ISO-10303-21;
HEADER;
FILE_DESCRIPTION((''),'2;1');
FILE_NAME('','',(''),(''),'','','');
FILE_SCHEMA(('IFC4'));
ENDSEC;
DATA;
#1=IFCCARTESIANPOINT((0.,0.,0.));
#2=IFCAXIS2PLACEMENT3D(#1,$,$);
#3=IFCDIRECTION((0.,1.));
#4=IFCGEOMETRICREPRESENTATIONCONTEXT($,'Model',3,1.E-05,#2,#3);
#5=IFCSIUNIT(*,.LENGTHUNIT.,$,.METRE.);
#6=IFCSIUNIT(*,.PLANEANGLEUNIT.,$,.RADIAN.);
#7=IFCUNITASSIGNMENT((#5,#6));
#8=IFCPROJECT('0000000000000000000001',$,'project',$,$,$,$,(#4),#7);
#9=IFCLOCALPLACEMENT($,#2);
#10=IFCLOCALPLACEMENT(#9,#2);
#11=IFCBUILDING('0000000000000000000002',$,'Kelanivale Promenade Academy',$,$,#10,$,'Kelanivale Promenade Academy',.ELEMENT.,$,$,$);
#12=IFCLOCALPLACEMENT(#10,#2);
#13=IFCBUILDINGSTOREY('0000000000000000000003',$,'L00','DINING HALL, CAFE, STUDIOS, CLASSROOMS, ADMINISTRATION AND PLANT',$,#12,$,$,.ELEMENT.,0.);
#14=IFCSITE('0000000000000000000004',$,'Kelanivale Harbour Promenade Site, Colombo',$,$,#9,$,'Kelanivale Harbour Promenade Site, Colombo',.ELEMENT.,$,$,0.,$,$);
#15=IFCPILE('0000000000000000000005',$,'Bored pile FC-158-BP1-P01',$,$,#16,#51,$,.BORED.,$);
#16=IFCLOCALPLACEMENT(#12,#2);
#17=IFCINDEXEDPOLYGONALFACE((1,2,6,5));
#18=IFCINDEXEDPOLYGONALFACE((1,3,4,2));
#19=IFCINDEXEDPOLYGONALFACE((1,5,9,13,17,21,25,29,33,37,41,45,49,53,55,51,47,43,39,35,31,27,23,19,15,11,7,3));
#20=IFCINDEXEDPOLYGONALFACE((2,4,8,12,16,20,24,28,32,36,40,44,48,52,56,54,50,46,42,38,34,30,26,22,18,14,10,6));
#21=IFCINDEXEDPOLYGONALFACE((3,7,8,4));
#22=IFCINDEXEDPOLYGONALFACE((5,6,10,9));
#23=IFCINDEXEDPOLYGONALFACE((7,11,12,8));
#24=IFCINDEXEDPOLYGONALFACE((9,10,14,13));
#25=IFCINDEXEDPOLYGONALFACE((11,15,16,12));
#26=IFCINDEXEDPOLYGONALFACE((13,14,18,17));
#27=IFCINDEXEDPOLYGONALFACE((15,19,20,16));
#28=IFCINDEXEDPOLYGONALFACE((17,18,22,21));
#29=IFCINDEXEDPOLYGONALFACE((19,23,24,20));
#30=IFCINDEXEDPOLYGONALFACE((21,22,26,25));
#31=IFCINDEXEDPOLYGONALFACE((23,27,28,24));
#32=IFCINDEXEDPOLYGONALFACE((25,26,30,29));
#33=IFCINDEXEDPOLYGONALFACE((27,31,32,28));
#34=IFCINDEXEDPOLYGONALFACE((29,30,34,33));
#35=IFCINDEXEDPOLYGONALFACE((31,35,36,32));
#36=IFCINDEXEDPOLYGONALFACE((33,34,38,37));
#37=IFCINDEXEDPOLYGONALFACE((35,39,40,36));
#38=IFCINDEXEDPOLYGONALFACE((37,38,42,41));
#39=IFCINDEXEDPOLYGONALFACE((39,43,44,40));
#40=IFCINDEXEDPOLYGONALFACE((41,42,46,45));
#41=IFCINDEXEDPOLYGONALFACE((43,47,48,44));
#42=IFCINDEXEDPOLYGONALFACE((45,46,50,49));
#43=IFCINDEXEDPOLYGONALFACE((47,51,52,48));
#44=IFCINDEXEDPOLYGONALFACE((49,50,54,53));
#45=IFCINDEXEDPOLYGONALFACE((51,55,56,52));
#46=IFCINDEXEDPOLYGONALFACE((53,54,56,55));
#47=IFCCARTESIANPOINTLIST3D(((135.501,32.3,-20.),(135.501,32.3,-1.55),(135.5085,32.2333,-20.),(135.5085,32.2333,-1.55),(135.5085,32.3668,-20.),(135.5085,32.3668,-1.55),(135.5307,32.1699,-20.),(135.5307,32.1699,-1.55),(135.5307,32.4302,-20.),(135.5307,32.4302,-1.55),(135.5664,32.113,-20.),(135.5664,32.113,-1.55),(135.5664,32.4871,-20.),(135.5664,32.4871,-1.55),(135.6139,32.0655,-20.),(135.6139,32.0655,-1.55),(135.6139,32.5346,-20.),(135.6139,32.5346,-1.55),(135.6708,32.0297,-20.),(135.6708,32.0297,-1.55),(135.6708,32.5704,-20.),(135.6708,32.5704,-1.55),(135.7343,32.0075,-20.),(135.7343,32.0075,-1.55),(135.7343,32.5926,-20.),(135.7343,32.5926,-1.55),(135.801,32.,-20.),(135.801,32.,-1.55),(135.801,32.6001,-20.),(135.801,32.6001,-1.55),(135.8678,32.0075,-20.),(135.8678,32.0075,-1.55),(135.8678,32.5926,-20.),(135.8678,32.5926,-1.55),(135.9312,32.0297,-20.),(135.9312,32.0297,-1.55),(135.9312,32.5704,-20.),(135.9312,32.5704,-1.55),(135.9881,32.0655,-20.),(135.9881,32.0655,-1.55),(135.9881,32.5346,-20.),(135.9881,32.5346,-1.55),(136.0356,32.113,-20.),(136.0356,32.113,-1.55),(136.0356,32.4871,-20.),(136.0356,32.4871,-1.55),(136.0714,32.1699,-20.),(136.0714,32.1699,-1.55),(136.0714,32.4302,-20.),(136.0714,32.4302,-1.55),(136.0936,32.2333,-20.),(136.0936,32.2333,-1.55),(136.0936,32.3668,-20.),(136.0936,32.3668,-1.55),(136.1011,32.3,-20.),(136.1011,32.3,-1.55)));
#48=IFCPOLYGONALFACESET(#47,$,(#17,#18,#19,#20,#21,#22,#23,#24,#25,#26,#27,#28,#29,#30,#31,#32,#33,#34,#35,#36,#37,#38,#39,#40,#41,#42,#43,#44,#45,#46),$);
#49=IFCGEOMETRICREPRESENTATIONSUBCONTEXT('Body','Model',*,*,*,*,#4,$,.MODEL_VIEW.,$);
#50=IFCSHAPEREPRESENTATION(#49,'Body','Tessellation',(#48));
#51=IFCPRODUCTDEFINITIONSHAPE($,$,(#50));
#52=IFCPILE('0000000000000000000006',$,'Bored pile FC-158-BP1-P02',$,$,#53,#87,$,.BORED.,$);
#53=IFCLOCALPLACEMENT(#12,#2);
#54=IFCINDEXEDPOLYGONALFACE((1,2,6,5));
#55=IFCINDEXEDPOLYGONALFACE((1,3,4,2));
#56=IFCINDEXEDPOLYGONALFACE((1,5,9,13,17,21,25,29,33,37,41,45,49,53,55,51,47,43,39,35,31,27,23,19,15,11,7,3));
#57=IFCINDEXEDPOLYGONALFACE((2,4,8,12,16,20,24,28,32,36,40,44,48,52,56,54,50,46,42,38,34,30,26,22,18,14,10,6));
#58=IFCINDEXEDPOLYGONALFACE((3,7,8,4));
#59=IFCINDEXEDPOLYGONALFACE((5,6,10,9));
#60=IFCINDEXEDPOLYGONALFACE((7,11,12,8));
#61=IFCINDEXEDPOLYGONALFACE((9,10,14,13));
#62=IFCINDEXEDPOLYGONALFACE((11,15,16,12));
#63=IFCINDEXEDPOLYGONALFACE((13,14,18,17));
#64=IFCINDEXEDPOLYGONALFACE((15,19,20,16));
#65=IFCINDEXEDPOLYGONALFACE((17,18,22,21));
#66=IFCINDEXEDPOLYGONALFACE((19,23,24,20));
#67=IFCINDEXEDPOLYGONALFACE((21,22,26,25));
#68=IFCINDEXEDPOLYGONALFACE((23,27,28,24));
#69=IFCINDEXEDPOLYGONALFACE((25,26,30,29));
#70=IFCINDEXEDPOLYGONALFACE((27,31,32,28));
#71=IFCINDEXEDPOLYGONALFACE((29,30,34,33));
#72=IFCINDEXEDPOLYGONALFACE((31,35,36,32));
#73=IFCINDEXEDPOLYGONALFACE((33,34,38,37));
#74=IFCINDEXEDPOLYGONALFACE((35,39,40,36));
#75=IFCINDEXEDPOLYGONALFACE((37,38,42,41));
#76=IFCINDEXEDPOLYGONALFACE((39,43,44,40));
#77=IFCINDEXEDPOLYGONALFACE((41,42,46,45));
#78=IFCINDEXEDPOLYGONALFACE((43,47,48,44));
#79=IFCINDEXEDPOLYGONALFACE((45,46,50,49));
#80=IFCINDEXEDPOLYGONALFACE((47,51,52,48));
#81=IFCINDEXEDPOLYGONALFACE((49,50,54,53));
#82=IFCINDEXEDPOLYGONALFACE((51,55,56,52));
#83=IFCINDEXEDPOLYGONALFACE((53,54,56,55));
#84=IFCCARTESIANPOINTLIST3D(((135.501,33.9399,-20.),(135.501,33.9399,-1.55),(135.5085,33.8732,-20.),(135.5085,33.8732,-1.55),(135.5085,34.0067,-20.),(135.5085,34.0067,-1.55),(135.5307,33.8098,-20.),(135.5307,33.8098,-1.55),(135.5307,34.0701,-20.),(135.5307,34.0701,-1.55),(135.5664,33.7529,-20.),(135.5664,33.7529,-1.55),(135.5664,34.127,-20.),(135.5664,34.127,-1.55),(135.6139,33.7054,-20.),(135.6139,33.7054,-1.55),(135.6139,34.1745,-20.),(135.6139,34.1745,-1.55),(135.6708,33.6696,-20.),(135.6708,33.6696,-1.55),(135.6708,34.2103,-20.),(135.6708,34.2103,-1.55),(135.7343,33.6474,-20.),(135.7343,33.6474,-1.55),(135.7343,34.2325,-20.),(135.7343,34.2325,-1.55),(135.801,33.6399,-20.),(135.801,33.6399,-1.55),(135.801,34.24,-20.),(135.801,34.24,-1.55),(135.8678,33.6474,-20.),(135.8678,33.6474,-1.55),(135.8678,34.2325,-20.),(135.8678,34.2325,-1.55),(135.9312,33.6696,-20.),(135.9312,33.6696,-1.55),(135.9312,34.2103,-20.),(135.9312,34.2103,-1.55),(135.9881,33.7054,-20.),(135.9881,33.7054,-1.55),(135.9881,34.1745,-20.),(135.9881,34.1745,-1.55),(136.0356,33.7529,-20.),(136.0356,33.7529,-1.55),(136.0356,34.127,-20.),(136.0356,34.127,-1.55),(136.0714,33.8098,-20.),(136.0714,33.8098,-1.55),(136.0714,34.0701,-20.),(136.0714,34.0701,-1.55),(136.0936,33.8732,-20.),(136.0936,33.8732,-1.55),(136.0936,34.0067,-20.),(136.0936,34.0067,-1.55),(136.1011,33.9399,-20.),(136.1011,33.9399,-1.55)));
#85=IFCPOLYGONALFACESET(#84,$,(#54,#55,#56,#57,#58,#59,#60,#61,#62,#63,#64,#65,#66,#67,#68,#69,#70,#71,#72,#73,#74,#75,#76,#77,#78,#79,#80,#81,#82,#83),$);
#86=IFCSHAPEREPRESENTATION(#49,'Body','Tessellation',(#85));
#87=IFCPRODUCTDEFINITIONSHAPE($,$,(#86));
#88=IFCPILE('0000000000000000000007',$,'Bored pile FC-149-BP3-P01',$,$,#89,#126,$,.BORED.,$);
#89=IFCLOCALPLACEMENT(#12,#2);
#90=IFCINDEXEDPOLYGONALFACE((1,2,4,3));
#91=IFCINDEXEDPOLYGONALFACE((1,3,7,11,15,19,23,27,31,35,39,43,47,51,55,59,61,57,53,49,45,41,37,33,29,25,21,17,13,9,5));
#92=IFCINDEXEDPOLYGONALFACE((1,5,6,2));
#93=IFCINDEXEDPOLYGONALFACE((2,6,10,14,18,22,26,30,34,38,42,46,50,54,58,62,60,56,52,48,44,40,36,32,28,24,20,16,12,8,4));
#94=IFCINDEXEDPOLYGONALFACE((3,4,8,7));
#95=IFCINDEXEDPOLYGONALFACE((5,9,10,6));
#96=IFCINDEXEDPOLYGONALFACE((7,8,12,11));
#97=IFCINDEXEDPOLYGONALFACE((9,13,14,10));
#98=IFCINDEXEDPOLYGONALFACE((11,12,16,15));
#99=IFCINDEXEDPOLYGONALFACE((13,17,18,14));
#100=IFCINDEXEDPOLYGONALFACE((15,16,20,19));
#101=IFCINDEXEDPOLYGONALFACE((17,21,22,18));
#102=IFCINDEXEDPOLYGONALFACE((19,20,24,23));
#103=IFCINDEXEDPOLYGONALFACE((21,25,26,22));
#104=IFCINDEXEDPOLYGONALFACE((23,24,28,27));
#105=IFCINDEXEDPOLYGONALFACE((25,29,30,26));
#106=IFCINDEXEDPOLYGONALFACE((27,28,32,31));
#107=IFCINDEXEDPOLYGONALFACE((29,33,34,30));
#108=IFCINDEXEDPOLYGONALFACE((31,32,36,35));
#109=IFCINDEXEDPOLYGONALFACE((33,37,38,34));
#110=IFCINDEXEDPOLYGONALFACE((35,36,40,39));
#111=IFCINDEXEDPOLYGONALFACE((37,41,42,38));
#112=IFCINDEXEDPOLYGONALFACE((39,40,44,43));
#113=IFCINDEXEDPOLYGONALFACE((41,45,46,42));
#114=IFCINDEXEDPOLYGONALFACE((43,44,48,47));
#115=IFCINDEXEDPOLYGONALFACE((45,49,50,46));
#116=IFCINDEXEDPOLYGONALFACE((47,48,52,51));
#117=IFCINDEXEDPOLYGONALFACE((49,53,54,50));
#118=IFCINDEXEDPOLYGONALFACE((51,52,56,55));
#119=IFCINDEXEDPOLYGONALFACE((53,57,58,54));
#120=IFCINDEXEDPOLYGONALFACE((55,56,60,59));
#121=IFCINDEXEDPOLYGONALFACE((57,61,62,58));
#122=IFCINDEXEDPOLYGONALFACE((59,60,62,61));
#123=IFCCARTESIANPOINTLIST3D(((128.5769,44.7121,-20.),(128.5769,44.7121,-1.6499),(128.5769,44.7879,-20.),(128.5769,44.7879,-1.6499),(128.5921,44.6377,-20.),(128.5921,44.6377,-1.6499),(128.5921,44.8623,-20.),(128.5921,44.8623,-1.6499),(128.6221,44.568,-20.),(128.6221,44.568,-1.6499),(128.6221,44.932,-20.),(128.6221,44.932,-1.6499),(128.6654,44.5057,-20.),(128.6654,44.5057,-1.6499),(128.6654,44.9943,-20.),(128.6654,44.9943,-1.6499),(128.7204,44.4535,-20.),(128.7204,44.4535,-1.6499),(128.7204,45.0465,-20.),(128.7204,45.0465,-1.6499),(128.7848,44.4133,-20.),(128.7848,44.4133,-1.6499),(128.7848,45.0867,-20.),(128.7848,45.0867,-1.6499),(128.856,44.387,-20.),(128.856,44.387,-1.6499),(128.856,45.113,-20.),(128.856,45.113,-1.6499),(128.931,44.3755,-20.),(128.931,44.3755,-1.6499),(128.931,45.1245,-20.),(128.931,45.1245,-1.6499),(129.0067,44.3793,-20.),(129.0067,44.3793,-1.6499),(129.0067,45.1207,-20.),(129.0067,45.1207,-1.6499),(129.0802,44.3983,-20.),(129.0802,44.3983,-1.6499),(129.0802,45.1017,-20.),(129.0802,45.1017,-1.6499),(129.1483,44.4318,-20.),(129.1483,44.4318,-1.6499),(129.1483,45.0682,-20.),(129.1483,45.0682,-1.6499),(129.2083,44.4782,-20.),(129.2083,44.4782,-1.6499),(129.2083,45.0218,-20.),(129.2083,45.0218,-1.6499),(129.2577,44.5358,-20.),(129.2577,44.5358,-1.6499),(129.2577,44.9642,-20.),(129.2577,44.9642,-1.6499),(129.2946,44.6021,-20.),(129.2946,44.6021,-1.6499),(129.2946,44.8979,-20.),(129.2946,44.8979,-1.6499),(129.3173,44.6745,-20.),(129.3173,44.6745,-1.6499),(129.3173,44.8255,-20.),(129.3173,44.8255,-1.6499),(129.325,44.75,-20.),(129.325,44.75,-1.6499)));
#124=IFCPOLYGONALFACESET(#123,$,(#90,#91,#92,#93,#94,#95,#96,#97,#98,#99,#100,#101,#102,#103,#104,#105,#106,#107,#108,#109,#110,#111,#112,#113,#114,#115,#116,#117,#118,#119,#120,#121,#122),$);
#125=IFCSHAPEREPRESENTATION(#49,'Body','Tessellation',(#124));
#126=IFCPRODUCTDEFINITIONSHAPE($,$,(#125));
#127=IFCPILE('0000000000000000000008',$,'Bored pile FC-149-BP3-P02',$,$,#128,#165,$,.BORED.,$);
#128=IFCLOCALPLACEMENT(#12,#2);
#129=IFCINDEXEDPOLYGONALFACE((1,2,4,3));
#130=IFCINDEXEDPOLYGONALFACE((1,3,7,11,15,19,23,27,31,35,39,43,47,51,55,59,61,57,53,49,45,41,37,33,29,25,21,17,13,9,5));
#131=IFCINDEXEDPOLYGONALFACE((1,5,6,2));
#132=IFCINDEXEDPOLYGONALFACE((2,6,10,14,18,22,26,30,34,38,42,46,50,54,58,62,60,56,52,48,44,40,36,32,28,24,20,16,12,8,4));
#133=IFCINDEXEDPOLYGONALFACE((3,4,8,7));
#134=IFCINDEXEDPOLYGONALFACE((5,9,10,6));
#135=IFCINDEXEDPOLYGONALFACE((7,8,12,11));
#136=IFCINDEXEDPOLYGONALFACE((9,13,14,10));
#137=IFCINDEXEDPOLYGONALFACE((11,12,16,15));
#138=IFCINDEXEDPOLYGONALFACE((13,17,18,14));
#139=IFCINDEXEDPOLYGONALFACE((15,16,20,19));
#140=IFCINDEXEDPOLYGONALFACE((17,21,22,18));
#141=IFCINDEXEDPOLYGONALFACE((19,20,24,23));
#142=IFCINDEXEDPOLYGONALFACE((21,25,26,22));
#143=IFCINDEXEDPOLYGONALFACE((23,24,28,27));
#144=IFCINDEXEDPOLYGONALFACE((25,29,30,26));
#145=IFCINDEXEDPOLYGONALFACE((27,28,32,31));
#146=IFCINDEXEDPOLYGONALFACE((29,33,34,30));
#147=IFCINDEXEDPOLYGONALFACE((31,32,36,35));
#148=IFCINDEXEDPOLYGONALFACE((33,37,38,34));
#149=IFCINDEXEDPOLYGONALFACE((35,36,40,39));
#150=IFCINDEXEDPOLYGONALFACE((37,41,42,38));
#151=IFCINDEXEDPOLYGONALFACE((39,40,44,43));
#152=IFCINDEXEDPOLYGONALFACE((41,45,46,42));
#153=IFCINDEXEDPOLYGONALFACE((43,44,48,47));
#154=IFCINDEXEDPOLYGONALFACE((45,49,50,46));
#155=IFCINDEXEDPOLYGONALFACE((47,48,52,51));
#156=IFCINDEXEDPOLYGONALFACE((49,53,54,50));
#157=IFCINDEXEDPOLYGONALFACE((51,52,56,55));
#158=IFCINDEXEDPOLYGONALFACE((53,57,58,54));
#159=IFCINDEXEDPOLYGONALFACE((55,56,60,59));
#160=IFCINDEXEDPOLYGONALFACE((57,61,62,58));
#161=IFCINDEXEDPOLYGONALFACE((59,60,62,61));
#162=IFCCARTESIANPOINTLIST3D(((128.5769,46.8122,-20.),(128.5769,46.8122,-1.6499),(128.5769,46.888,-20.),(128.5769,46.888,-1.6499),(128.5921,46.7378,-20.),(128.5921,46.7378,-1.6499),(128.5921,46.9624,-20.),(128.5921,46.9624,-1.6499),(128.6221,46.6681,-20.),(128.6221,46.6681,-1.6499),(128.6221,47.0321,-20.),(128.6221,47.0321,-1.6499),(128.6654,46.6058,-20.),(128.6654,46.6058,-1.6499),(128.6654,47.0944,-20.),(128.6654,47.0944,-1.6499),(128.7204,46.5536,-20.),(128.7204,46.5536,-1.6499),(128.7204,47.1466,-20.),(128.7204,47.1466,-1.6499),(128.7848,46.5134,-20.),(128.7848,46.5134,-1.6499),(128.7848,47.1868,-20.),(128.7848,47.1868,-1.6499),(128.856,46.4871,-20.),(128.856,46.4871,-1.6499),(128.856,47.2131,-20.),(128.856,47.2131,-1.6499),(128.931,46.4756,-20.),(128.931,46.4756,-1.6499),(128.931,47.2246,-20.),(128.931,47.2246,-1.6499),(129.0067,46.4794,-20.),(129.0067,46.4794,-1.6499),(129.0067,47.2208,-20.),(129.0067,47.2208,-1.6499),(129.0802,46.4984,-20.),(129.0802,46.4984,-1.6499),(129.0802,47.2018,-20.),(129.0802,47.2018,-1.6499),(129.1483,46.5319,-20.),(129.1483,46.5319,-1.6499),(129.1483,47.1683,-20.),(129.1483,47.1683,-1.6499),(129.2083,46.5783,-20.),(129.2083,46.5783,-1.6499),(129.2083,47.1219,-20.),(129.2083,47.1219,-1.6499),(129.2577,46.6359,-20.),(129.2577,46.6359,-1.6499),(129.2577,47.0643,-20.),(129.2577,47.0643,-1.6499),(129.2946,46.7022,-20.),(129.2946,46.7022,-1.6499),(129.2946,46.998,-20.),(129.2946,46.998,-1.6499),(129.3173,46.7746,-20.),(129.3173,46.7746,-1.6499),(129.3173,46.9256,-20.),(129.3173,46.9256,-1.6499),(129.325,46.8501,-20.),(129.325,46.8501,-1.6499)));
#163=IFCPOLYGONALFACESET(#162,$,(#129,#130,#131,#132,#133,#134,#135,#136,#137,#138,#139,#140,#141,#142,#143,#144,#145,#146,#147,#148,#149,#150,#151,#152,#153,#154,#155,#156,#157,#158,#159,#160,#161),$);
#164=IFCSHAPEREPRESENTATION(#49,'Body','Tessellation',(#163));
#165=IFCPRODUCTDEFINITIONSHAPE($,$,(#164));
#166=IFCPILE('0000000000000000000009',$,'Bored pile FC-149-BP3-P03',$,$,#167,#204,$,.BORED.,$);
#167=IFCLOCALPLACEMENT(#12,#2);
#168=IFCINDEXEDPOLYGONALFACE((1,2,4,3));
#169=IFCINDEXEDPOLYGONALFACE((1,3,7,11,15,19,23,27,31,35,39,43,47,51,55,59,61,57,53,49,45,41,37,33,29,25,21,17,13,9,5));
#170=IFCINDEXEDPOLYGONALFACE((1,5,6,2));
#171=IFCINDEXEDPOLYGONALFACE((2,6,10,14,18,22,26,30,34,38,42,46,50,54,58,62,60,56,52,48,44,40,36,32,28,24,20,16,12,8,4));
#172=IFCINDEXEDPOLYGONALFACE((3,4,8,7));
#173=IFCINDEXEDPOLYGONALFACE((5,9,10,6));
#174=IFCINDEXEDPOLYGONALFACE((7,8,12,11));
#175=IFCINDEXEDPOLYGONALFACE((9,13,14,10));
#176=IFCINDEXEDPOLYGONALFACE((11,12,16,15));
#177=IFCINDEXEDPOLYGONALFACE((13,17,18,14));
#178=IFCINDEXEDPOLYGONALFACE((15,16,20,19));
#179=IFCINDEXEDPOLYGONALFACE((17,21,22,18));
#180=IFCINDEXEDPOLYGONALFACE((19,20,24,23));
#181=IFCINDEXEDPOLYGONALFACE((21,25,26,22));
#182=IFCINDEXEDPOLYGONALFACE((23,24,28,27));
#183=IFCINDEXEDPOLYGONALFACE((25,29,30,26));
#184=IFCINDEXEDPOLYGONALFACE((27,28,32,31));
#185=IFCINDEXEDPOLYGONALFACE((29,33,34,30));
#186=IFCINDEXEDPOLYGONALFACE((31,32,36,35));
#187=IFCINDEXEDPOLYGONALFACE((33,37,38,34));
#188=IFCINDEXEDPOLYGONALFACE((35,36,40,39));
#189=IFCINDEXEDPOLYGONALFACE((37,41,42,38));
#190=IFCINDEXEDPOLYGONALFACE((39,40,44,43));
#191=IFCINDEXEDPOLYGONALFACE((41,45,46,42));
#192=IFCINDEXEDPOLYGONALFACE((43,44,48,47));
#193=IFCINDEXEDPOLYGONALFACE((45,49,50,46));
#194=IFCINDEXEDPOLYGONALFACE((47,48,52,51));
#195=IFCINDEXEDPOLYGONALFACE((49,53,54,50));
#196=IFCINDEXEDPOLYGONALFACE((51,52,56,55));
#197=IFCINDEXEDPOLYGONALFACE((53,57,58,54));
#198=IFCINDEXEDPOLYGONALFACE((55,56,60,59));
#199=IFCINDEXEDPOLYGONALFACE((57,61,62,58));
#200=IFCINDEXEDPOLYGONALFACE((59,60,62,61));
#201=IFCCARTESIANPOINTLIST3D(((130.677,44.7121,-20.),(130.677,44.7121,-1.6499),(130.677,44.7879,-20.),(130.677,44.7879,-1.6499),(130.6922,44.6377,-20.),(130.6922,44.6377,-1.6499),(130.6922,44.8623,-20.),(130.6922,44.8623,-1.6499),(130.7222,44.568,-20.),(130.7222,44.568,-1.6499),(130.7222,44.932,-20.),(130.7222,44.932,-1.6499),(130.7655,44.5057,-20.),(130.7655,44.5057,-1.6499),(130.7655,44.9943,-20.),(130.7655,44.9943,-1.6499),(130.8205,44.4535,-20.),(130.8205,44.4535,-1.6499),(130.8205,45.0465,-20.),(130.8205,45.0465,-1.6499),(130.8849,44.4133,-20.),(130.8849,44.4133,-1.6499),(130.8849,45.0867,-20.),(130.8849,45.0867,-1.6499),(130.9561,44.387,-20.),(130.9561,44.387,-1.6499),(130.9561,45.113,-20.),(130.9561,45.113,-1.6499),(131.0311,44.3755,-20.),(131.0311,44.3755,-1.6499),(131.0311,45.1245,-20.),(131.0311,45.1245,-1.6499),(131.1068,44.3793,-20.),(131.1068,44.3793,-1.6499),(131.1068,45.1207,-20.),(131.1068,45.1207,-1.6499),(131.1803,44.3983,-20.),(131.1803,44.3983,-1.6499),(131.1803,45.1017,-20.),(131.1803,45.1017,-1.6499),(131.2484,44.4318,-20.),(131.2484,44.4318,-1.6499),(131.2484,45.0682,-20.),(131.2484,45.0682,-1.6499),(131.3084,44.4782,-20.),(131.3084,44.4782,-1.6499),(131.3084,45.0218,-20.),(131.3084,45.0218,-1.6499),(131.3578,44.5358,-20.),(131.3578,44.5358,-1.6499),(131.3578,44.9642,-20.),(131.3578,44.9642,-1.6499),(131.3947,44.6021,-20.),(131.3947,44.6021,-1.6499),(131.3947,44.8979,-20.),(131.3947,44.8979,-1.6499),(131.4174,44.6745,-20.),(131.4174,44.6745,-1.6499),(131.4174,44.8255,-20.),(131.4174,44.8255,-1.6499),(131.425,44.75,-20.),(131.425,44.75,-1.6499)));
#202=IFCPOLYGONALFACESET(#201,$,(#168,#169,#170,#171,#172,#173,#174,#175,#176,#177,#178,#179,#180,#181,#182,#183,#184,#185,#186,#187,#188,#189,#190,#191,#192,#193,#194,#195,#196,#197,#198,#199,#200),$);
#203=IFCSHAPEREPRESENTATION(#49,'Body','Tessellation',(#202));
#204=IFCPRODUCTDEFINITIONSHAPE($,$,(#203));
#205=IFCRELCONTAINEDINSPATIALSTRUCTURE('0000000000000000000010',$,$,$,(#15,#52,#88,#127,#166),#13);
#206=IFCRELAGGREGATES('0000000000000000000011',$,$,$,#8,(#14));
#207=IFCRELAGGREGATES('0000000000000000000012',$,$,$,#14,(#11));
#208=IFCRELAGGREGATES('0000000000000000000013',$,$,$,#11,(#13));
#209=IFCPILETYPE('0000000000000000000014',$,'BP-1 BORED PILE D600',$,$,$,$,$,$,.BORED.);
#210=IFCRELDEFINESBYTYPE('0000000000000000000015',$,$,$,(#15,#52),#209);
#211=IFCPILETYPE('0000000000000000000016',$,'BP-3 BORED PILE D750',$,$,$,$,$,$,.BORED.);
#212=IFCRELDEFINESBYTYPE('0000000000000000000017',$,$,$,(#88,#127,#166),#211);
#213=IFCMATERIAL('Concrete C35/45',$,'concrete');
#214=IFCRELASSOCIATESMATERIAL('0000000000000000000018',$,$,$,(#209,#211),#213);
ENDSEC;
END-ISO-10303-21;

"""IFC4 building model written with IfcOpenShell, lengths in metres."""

from ifc_helpers import new_model, si_unit, direction, frame, origin, origin_2d, place, context, subcontext, project, spatial, circle, extrude, material, material_profile, profile_set, type_object, element, save


model = new_model("IFC4")

# Units and contexts
model_context = context("Model", 3, precision=1e-05, world=origin(), true_north=direction((0.0, 1.0)))
body_context = subcontext(model_context, "Body", "Model", "MODEL_VIEW")
ifc_project = project(units=[si_unit("LENGTHUNIT", "METRE"), si_unit("PLANEANGLEUNIT", "RADIAN")], contexts=[model_context])

# Site, building, storey
site_placement = place(None, origin())
site = spatial("IfcSite", under=ifc_project, at=site_placement, Name="Kelanivale Harbour Promenade Site, Colombo", LongName="Kelanivale Harbour Promenade Site, Colombo", CompositionType="ELEMENT", RefElevation=0.0)
building_placement = place(site_placement, origin())
building = spatial("IfcBuilding", under=site, at=building_placement, Name="Kelanivale Promenade Academy", LongName="Kelanivale Promenade Academy", CompositionType="ELEMENT")
storey_placement = place(building_placement, origin())
storey = spatial("IfcBuildingStorey", under=building, at=storey_placement, Name="L00", Description="DINING HALL, CAFE, STUDIOS, CLASSROOMS, ADMINISTRATION AND PLANT", CompositionType="ELEMENT", Elevation=0.0)

# Piles
ifc_material_1 = material(Name="Concrete C35/45", Category="concrete")
ifc_material_profile_1 = material_profile(ifc_material_1, circle(Radius=0.3, at=origin_2d()), Name="BORED PILE D600")
ifc_profile_set_1 = profile_set([ifc_material_profile_1], Name="Concrete C35/45")
pile_type_1 = type_object("IfcPileType", Name="BP-1 BORED PILE D600", PredefinedType="BORED", material=ifc_profile_set_1)
for number, where, z_axis, x_axis, name in (
    (1, (135.801, 32.3, -1.55), (0.0, 0.0, -1.0), (1.0, 0.0, 0.0), "Bored pile FC-158-BP1-P01"),
    (2, (135.801, 33.9399, -1.55), (0.0, 0.0, -1.0), (1.0, 0.0, 0.0), "Bored pile FC-158-BP1-P02"),
):
    element("IfcPile", number, at=place(storey_placement, frame(where, z_axis=z_axis, x_axis=x_axis)), inside=storey, type_object=pile_type_1, Name=name, PredefinedType="BORED", context=body_context, shape_type="SweptSolid", body=[
        extrude(circle(Radius=0.3, at=origin_2d()), origin(), (0.0, 0.0, 1.0), 18.45),
    ])
ifc_material_profile_2 = material_profile(ifc_material_1, circle(Radius=0.375, at=origin_2d()), Name="BORED PILE D750")
ifc_profile_set_2 = profile_set([ifc_material_profile_2], Name="Concrete C35/45")
pile_type_2 = type_object("IfcPileType", Name="BP-3 BORED PILE D750", PredefinedType="BORED", material=ifc_profile_set_2)
for number, where, z_axis, x_axis, name in (
    (3, (128.95, 44.75, -1.6499), (0.0, 0.0, -1.0), (1.0, 0.0, 0.0), "Bored pile FC-149-BP3-P01"),
    (4, (128.95, 46.8501, -1.6499), (0.0, 0.0, -1.0), (1.0, 0.0, 0.0), "Bored pile FC-149-BP3-P02"),
    (5, (131.05, 44.75, -1.6499), (0.0, 0.0, -1.0), (1.0, 0.0, 0.0), "Bored pile FC-149-BP3-P03"),
):
    element("IfcPile", number, at=place(storey_placement, frame(where, z_axis=z_axis, x_axis=x_axis)), inside=storey, type_object=pile_type_2, Name=name, PredefinedType="BORED", context=body_context, shape_type="SweptSolid", body=[
        extrude(circle(Radius=0.375, at=origin_2d()), origin(), (0.0, 0.0, 1.0), 18.3501),
    ])

save(model, "model.ifc")
